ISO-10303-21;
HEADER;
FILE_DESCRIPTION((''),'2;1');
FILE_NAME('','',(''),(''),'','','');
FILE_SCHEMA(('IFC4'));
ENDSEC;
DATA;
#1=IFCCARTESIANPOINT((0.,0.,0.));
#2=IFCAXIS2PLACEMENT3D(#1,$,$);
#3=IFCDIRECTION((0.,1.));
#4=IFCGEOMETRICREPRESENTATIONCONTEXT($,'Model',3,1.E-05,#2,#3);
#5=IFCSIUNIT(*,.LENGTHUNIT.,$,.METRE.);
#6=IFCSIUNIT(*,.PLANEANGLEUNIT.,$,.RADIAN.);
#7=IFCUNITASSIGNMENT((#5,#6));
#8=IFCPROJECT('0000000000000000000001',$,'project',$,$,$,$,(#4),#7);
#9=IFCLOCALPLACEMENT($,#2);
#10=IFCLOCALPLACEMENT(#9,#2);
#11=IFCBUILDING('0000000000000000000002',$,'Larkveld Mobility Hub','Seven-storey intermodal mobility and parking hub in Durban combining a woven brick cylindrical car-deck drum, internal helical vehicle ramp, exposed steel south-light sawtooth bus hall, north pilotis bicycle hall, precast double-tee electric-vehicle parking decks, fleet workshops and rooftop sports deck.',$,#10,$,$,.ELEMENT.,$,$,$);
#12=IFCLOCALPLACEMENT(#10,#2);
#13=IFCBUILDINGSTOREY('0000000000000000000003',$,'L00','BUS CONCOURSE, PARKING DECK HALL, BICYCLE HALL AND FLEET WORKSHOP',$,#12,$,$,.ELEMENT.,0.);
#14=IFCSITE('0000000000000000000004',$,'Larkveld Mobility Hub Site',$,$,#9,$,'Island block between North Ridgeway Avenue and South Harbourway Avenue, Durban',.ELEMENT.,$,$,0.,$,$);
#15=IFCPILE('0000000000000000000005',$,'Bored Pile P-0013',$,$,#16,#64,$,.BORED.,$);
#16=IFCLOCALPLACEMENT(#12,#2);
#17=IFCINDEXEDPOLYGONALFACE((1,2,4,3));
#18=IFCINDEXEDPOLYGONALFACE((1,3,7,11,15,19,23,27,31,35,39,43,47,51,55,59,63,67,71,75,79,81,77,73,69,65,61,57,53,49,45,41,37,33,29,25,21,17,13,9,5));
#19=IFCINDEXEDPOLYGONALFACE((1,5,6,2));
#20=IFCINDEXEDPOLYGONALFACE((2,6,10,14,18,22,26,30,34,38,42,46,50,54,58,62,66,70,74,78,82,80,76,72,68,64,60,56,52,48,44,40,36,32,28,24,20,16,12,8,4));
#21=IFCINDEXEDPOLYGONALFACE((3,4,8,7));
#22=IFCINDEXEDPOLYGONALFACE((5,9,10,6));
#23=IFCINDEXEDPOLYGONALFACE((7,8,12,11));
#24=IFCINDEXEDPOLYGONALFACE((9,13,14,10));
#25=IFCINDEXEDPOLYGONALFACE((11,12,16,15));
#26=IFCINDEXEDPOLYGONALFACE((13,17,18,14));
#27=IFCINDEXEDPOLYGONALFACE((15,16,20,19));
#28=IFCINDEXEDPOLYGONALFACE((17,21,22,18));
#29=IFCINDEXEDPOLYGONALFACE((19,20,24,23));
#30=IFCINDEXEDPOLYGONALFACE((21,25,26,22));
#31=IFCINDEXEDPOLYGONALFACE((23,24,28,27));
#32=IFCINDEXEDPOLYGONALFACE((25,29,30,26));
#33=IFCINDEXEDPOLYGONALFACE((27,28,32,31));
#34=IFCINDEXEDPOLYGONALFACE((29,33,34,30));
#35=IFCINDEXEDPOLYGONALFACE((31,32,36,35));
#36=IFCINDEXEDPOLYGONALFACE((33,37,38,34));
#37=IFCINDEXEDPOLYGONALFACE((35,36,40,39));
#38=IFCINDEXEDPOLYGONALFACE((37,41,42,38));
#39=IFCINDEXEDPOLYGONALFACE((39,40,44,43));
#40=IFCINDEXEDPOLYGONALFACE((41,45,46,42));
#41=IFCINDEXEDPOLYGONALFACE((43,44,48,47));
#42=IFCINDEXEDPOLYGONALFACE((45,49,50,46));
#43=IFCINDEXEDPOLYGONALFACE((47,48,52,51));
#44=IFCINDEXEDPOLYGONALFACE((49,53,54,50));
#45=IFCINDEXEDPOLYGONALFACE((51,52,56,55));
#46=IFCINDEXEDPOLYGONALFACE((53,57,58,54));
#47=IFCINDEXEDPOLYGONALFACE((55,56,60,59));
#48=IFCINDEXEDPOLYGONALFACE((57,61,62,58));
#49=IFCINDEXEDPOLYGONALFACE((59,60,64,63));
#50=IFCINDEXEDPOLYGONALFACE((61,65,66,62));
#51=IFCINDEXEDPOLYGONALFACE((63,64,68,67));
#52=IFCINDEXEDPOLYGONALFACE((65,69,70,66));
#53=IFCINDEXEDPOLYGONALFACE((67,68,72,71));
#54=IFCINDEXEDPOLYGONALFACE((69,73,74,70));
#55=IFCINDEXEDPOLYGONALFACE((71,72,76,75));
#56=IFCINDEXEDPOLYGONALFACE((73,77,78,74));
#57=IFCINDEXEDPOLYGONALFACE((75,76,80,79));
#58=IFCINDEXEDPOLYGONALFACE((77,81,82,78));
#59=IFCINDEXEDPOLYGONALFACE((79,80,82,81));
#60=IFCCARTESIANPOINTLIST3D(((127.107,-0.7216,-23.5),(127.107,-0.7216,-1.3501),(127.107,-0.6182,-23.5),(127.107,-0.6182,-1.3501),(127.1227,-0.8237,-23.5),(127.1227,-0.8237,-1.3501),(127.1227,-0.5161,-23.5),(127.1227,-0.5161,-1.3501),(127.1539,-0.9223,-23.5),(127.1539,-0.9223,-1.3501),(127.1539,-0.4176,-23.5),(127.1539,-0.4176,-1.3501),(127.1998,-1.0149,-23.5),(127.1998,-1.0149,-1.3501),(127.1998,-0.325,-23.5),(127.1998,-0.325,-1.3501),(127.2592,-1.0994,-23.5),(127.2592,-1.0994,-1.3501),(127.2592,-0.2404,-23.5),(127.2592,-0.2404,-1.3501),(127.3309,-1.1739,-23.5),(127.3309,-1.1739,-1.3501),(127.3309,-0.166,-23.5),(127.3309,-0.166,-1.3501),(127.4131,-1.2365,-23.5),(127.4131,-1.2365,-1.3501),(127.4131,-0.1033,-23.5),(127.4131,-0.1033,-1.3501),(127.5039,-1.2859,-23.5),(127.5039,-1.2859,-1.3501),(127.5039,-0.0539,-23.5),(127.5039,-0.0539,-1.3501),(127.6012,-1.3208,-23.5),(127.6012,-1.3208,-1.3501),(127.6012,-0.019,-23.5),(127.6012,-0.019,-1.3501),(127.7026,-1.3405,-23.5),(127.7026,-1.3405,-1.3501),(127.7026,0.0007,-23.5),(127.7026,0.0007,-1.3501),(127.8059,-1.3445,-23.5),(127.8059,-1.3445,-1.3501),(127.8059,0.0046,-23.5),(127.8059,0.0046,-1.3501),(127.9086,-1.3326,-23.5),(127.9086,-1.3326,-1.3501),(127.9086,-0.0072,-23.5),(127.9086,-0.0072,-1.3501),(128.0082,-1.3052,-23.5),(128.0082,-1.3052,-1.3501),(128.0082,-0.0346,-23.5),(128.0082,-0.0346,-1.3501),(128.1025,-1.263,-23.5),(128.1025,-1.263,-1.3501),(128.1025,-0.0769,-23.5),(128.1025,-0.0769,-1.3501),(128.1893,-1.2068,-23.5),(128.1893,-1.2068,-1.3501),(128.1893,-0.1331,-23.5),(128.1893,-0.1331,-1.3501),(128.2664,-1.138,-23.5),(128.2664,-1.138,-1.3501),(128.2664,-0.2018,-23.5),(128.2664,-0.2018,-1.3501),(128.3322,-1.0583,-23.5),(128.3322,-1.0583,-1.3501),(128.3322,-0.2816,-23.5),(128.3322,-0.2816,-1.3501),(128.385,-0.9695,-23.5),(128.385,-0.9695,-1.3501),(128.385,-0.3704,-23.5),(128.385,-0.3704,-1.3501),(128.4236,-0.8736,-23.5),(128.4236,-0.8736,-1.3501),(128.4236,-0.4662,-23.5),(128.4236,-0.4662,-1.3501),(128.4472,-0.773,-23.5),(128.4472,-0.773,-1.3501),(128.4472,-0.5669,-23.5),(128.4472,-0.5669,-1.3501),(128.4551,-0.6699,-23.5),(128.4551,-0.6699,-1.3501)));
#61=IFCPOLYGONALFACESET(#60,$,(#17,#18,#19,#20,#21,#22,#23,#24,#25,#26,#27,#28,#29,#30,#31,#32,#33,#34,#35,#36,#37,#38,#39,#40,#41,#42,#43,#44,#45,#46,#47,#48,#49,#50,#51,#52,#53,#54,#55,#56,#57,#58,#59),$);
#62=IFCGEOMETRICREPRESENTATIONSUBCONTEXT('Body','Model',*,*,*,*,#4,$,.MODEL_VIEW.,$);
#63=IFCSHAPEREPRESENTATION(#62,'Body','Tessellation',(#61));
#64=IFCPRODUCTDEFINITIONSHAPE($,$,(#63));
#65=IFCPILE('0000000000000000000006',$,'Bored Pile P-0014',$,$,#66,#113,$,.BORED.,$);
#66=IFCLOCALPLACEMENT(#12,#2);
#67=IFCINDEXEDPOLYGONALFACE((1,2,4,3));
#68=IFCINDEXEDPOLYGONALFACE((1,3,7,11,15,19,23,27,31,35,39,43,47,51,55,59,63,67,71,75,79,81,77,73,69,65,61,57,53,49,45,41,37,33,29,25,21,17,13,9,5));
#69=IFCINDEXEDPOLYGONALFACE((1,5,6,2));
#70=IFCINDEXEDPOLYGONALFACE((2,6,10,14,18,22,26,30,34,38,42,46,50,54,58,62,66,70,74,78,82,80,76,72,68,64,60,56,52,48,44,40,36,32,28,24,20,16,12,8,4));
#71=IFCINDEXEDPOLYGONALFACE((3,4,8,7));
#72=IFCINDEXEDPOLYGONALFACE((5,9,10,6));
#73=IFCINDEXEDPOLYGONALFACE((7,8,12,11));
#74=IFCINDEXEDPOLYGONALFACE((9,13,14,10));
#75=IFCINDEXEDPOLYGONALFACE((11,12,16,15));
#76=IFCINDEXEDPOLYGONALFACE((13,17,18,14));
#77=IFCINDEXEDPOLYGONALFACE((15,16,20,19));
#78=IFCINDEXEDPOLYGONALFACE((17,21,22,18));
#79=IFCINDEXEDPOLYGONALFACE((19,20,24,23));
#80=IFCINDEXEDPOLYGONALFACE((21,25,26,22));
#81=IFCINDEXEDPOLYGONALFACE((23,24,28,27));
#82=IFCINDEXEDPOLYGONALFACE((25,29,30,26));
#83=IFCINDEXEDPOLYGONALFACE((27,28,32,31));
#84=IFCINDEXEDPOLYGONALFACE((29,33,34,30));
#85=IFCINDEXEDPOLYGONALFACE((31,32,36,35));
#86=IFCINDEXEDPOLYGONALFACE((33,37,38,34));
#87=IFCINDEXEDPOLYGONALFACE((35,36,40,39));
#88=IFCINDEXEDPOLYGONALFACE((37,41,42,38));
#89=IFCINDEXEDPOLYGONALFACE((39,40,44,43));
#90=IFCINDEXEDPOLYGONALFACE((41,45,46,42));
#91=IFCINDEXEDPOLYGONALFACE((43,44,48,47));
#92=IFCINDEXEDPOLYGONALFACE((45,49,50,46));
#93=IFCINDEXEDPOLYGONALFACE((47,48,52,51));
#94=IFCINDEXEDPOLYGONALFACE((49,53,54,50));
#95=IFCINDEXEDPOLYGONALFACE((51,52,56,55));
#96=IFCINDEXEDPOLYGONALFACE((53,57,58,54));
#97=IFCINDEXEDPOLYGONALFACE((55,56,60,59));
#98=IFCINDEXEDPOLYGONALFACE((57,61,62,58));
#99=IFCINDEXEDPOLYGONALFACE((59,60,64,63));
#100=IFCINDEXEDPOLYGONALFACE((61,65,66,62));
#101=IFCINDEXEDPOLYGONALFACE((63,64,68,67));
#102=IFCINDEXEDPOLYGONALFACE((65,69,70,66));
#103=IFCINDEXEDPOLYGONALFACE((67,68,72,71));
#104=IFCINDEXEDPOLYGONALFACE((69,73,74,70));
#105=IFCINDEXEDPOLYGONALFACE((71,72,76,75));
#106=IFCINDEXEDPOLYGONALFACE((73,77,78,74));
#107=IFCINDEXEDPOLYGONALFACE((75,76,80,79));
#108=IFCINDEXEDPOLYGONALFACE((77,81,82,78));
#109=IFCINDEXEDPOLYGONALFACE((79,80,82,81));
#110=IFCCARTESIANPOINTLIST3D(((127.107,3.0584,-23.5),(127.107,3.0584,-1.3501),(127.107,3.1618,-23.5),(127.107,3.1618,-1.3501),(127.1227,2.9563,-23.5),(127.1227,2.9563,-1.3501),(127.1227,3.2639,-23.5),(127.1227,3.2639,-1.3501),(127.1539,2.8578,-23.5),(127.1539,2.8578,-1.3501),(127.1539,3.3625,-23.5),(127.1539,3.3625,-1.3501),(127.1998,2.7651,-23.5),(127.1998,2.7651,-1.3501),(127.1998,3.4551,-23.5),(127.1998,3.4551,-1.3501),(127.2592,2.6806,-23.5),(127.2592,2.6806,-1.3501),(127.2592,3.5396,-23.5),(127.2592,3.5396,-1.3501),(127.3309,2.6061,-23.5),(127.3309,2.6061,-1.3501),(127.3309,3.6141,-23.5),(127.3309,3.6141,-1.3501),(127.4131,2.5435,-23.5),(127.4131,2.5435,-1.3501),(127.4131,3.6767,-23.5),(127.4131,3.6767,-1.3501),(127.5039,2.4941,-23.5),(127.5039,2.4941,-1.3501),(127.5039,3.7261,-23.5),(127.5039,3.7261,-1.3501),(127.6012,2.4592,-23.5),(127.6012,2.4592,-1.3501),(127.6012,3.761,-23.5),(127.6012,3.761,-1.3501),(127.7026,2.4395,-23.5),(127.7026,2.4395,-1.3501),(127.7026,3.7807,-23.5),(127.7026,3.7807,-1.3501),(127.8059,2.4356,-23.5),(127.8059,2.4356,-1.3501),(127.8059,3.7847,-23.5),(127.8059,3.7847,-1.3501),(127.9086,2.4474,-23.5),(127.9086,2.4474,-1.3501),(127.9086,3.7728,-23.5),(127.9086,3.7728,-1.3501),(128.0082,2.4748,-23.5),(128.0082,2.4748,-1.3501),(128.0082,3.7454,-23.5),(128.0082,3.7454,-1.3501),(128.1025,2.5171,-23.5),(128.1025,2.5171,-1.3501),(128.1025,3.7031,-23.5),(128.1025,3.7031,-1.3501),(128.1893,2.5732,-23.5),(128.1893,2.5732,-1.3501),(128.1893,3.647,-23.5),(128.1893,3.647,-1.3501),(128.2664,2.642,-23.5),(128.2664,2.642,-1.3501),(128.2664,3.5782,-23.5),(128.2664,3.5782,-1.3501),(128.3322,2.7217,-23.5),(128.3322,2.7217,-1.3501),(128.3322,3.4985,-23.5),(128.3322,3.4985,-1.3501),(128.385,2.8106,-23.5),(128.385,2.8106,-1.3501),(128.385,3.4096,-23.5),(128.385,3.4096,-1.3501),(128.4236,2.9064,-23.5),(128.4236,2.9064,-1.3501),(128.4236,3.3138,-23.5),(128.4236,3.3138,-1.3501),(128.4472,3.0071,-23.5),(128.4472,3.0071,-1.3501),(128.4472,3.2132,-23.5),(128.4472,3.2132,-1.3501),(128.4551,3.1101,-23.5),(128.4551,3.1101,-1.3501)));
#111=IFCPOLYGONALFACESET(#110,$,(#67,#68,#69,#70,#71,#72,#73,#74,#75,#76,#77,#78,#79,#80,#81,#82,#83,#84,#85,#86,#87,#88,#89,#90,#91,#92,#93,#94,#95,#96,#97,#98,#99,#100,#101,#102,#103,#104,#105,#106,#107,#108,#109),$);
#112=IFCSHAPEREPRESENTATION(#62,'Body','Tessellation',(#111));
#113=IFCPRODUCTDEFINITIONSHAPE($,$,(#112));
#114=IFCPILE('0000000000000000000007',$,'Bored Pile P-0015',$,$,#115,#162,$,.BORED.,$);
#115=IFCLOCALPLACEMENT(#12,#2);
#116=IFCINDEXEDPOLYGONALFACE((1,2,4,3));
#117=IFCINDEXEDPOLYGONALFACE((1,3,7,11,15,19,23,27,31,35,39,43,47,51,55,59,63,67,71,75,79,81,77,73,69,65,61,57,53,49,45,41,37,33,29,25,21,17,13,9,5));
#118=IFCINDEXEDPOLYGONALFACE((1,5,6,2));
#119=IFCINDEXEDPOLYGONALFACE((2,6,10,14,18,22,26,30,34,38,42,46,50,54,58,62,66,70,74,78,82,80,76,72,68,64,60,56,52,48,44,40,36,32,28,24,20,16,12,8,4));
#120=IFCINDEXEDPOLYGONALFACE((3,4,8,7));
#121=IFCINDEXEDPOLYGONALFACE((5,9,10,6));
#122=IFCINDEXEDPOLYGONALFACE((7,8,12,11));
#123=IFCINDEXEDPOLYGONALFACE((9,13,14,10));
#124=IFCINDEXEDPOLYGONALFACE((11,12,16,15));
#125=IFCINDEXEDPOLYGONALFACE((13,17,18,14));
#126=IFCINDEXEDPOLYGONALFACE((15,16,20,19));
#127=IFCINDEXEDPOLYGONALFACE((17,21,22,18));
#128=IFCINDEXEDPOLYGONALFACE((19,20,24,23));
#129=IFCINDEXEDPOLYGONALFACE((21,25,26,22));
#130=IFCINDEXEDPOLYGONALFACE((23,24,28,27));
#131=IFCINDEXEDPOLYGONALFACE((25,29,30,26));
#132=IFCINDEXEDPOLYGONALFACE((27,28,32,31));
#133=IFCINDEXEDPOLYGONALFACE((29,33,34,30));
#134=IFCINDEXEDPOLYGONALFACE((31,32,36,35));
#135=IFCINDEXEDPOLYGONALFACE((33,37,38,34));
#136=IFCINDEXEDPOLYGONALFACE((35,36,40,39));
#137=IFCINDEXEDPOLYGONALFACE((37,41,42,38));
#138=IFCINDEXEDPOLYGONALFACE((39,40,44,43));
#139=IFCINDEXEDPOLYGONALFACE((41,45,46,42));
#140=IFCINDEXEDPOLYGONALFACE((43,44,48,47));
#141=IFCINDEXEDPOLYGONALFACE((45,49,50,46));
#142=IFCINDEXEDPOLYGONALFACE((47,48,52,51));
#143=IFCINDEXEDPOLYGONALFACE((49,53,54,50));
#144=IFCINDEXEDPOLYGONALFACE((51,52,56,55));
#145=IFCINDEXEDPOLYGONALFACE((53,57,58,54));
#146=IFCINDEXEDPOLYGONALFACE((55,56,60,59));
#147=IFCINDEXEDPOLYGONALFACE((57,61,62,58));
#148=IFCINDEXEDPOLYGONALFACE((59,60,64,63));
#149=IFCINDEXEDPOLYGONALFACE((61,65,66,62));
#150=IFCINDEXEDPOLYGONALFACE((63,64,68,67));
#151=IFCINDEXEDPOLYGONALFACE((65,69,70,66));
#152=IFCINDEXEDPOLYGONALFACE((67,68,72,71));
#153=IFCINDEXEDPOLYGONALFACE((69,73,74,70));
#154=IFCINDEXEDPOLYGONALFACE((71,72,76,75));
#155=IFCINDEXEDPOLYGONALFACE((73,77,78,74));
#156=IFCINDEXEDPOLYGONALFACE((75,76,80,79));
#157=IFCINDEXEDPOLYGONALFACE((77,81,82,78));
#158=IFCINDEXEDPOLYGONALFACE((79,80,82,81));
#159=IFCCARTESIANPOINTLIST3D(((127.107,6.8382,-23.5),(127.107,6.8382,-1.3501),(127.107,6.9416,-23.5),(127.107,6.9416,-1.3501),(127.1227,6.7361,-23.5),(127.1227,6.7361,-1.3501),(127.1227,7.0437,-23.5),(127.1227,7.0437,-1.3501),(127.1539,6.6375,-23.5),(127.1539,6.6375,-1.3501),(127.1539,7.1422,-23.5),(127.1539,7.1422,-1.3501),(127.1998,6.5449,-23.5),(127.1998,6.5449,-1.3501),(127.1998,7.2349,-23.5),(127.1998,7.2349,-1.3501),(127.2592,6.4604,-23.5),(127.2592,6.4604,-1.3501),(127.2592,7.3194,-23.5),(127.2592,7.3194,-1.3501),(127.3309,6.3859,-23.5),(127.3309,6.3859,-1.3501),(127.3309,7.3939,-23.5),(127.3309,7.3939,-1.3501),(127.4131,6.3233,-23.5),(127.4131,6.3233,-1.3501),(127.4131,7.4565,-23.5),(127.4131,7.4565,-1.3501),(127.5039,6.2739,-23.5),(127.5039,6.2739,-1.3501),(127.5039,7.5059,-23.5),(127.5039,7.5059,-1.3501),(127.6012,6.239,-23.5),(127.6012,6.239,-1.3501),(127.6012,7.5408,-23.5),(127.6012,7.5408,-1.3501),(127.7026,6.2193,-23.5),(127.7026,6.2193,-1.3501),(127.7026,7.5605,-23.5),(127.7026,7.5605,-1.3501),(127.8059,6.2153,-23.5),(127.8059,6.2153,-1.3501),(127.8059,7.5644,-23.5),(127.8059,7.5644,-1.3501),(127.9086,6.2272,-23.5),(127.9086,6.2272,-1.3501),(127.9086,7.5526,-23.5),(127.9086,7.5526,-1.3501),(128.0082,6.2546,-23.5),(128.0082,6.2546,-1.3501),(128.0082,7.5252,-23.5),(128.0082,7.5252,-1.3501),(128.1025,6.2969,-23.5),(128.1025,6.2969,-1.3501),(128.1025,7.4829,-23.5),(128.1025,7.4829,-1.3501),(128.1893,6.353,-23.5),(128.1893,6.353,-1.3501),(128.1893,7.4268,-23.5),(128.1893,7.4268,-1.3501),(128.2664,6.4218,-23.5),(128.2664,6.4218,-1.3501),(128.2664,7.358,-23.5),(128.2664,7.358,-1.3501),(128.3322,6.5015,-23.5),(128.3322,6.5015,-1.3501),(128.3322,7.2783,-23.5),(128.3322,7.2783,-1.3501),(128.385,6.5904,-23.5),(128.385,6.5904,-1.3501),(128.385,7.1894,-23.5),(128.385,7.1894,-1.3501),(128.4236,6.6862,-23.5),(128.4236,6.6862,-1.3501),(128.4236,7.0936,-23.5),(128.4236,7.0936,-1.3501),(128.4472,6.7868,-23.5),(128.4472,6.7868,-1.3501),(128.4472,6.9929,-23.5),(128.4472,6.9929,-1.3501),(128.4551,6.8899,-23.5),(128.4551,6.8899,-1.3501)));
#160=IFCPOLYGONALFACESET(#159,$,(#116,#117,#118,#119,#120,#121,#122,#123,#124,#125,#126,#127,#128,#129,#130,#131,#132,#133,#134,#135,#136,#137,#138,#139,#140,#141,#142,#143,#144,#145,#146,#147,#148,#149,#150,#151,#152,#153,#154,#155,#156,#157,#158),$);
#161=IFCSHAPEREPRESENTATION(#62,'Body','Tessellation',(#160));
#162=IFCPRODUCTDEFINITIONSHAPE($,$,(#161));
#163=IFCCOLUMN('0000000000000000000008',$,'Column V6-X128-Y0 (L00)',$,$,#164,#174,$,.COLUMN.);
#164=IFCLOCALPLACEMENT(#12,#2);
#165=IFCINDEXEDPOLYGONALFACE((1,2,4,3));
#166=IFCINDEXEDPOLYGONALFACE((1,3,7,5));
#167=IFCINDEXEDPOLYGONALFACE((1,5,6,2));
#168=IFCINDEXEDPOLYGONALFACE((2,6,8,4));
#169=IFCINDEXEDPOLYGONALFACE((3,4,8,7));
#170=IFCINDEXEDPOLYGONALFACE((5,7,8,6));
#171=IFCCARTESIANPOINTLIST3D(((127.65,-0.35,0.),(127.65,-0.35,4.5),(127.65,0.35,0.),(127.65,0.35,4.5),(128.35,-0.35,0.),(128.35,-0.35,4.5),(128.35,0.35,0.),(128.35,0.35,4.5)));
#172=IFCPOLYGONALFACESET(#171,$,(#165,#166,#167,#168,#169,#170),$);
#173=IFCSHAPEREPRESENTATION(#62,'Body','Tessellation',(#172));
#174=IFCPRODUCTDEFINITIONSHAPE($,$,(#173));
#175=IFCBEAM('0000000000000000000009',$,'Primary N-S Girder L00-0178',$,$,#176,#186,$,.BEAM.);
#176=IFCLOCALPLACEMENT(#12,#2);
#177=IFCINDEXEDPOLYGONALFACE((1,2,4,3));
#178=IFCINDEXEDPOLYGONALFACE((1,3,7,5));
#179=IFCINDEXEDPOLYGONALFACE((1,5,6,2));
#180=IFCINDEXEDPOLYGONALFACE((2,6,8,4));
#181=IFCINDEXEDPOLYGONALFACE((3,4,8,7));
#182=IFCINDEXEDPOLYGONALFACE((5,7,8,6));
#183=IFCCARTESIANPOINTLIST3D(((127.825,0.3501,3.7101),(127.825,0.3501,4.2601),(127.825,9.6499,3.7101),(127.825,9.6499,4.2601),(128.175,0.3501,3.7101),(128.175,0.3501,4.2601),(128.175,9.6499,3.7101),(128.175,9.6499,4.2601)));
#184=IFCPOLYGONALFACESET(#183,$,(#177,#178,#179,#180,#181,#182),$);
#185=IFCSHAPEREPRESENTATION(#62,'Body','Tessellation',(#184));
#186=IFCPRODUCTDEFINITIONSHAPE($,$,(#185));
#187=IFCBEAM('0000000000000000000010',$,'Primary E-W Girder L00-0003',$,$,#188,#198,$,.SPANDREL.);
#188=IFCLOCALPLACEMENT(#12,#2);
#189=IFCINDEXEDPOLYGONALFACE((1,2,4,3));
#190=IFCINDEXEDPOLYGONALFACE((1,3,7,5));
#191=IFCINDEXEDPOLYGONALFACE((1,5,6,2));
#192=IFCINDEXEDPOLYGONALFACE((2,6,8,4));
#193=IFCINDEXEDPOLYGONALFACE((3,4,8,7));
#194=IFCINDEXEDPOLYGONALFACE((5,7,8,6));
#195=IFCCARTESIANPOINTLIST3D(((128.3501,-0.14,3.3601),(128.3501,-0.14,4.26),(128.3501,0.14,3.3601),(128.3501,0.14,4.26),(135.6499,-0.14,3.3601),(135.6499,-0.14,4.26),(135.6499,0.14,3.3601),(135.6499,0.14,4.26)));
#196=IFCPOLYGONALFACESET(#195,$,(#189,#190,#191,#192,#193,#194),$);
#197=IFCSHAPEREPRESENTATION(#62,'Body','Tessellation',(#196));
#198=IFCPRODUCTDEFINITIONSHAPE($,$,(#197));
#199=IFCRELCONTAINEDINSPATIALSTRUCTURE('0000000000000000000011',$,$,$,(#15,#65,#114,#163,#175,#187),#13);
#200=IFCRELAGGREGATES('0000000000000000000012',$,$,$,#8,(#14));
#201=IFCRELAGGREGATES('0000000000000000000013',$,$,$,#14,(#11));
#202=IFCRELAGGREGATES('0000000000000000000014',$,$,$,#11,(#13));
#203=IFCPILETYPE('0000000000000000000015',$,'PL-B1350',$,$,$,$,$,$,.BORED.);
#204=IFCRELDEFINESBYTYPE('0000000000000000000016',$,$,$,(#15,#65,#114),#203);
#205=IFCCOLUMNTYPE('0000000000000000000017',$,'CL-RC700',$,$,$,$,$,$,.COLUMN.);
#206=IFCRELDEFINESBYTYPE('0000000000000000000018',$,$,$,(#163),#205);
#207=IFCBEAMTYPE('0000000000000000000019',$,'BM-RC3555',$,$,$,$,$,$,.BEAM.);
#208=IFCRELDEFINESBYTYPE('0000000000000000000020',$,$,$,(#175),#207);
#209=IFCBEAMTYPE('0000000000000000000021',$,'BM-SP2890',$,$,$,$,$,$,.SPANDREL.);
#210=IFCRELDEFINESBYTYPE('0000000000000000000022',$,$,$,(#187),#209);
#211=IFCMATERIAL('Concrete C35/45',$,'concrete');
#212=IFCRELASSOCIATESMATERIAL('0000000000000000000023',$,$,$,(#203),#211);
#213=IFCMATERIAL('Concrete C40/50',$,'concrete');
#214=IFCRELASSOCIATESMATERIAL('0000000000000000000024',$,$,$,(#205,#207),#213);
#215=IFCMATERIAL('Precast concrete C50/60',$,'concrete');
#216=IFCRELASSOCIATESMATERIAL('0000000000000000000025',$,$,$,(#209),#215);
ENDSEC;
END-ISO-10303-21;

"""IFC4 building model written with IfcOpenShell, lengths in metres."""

from ifc_helpers import new_model, si_unit, direction, frame, origin, origin_2d, place, context, subcontext, project, spatial, rectangle, circle, extrude, material, material_profile, profile_set, type_object, element, save


model = new_model("IFC4")

# Units and contexts
model_context = context("Model", 3, precision=1e-05, world=origin(), true_north=direction((0.0, 1.0)))
body_context = subcontext(model_context, "Body", "Model", "MODEL_VIEW")
ifc_project = project(units=[si_unit("LENGTHUNIT", "METRE"), si_unit("PLANEANGLEUNIT", "RADIAN")], contexts=[model_context])

# Site, building, storey
site_placement = place(None, origin())
site = spatial("IfcSite", under=ifc_project, at=site_placement, Name="Larkveld Mobility Hub Site", LongName="Island block between North Ridgeway Avenue and South Harbourway Avenue, Durban", CompositionType="ELEMENT", RefElevation=0.0)
building_placement = place(site_placement, origin())
building = spatial("IfcBuilding", under=site, at=building_placement, Name="Larkveld Mobility Hub", Description="Seven-storey intermodal mobility and parking hub in Durban combining a woven brick cylindrical car-deck drum, internal helical vehicle ramp, exposed steel south-light sawtooth bus hall, north pilotis bicycle hall, precast double-tee electric-vehicle parking decks, fleet workshops and rooftop sports deck.", CompositionType="ELEMENT")
storey_placement = place(building_placement, origin())
storey = spatial("IfcBuildingStorey", under=building, at=storey_placement, Name="L00", Description="BUS CONCOURSE, PARKING DECK HALL, BICYCLE HALL AND FLEET WORKSHOP", CompositionType="ELEMENT", Elevation=0.0)

# Shared definitions
ifc_material_1 = material(Name="Concrete C35/45", Category="concrete")

# Piles
ifc_material_profile_1 = material_profile(ifc_material_1, circle(Radius=0.675, at=origin_2d()), Name="PILE D1350")
ifc_profile_set_1 = profile_set([ifc_material_profile_1], Name="Concrete C35/45")
pile_type = type_object("IfcPileType", Name="PL-B1350", PredefinedType="BORED", material=ifc_profile_set_1)
for number, where, z_axis, x_axis, name in (
    (1, (127.78, -0.6699, -1.3501), (0.0, 0.0, -1.0), (1.0, 0.0, 0.0), "Bored Pile P-0013"),
    (2, (127.78, 3.1101, -1.3501), (0.0, 0.0, -1.0), (1.0, 0.0, 0.0), "Bored Pile P-0014"),
    (3, (127.78, 6.8899, -1.3501), (0.0, 0.0, -1.0), (1.0, 0.0, 0.0), "Bored Pile P-0015"),
):
    element("IfcPile", number, at=place(storey_placement, frame(where, z_axis=z_axis, x_axis=x_axis)), inside=storey, type_object=pile_type, Name=name, PredefinedType="BORED", context=body_context, shape_type="SweptSolid", body=[
        extrude(circle(Radius=0.675, at=origin_2d()), origin(), (0.0, 0.0, 1.0), 22.1499),
    ])

# Column
ifc_material_2 = material(Name="Concrete C40/50", Category="concrete")
ifc_material_profile_2 = material_profile(ifc_material_2, rectangle(XDim=0.7, YDim=0.7, at=origin_2d()), Name="RC COL 700x700")
ifc_profile_set_2 = profile_set([ifc_material_profile_2], Name="Concrete C40/50")
column_type = type_object("IfcColumnType", Name="CL-RC700", PredefinedType="COLUMN", material=ifc_profile_set_2)
column_placement = place(storey_placement, frame((128.0, 0.0, 0.0), z_axis=(0.0, 0.0, 1.0), x_axis=(1.0, 0.0, 0.0)))
element("IfcColumn", 4, at=column_placement, inside=storey, type_object=column_type, Name="Column V6-X128-Y0 (L00)", PredefinedType="COLUMN", context=body_context, shape_type="SweptSolid", body=[
    extrude(rectangle(XDim=0.7, YDim=0.7, at=origin_2d()), origin(), (0.0, 0.0, 1.0), 4.5),
])

# Beams
ifc_material_profile_3 = material_profile(ifc_material_2, rectangle(XDim=0.3501, YDim=0.55, at=origin_2d()), Name="RC BM 350x550")
ifc_profile_set_3 = profile_set([ifc_material_profile_3], Name="Concrete C40/50")
beam_type_1 = type_object("IfcBeamType", Name="BM-RC3555", PredefinedType="BEAM", material=ifc_profile_set_3)
beam_1_placement = place(storey_placement, frame((128.0, 0.3501, 3.9851), z_axis=(0.0, 1.0, 0.0), x_axis=(-1.0, 0.0, 0.0)))
element("IfcBeam", 5, at=beam_1_placement, inside=storey, type_object=beam_type_1, Name="Primary N-S Girder L00-0178", PredefinedType="BEAM", context=body_context, shape_type="SweptSolid", body=[
    extrude(rectangle(XDim=0.3501, YDim=0.55, at=origin_2d()), origin(), (0.0, 0.0, 1.0), 9.2998),
])
ifc_material_3 = material(Name="Precast concrete C50/60", Category="concrete")
ifc_material_profile_4 = material_profile(ifc_material_3, rectangle(XDim=0.28, YDim=0.8999, at=origin_2d()), Name="PC SP 280x900")
ifc_profile_set_4 = profile_set([ifc_material_profile_4], Name="Precast concrete C50/60")
beam_type_2 = type_object("IfcBeamType", Name="BM-SP2890", PredefinedType="SPANDREL", material=ifc_profile_set_4)
beam_2_placement = place(storey_placement, frame((128.3501, 0.0, 3.8101), z_axis=(1.0, 0.0, 0.0), x_axis=(0.0, 1.0, 0.0)))
element("IfcBeam", 6, at=beam_2_placement, inside=storey, type_object=beam_type_2, Name="Primary E-W Girder L00-0003", PredefinedType="SPANDREL", context=body_context, shape_type="SweptSolid", body=[
    extrude(rectangle(XDim=0.28, YDim=0.8999, at=origin_2d()), origin(), (0.0, 0.0, 1.0), 7.2998),
])

save(model, "model.ifc")
